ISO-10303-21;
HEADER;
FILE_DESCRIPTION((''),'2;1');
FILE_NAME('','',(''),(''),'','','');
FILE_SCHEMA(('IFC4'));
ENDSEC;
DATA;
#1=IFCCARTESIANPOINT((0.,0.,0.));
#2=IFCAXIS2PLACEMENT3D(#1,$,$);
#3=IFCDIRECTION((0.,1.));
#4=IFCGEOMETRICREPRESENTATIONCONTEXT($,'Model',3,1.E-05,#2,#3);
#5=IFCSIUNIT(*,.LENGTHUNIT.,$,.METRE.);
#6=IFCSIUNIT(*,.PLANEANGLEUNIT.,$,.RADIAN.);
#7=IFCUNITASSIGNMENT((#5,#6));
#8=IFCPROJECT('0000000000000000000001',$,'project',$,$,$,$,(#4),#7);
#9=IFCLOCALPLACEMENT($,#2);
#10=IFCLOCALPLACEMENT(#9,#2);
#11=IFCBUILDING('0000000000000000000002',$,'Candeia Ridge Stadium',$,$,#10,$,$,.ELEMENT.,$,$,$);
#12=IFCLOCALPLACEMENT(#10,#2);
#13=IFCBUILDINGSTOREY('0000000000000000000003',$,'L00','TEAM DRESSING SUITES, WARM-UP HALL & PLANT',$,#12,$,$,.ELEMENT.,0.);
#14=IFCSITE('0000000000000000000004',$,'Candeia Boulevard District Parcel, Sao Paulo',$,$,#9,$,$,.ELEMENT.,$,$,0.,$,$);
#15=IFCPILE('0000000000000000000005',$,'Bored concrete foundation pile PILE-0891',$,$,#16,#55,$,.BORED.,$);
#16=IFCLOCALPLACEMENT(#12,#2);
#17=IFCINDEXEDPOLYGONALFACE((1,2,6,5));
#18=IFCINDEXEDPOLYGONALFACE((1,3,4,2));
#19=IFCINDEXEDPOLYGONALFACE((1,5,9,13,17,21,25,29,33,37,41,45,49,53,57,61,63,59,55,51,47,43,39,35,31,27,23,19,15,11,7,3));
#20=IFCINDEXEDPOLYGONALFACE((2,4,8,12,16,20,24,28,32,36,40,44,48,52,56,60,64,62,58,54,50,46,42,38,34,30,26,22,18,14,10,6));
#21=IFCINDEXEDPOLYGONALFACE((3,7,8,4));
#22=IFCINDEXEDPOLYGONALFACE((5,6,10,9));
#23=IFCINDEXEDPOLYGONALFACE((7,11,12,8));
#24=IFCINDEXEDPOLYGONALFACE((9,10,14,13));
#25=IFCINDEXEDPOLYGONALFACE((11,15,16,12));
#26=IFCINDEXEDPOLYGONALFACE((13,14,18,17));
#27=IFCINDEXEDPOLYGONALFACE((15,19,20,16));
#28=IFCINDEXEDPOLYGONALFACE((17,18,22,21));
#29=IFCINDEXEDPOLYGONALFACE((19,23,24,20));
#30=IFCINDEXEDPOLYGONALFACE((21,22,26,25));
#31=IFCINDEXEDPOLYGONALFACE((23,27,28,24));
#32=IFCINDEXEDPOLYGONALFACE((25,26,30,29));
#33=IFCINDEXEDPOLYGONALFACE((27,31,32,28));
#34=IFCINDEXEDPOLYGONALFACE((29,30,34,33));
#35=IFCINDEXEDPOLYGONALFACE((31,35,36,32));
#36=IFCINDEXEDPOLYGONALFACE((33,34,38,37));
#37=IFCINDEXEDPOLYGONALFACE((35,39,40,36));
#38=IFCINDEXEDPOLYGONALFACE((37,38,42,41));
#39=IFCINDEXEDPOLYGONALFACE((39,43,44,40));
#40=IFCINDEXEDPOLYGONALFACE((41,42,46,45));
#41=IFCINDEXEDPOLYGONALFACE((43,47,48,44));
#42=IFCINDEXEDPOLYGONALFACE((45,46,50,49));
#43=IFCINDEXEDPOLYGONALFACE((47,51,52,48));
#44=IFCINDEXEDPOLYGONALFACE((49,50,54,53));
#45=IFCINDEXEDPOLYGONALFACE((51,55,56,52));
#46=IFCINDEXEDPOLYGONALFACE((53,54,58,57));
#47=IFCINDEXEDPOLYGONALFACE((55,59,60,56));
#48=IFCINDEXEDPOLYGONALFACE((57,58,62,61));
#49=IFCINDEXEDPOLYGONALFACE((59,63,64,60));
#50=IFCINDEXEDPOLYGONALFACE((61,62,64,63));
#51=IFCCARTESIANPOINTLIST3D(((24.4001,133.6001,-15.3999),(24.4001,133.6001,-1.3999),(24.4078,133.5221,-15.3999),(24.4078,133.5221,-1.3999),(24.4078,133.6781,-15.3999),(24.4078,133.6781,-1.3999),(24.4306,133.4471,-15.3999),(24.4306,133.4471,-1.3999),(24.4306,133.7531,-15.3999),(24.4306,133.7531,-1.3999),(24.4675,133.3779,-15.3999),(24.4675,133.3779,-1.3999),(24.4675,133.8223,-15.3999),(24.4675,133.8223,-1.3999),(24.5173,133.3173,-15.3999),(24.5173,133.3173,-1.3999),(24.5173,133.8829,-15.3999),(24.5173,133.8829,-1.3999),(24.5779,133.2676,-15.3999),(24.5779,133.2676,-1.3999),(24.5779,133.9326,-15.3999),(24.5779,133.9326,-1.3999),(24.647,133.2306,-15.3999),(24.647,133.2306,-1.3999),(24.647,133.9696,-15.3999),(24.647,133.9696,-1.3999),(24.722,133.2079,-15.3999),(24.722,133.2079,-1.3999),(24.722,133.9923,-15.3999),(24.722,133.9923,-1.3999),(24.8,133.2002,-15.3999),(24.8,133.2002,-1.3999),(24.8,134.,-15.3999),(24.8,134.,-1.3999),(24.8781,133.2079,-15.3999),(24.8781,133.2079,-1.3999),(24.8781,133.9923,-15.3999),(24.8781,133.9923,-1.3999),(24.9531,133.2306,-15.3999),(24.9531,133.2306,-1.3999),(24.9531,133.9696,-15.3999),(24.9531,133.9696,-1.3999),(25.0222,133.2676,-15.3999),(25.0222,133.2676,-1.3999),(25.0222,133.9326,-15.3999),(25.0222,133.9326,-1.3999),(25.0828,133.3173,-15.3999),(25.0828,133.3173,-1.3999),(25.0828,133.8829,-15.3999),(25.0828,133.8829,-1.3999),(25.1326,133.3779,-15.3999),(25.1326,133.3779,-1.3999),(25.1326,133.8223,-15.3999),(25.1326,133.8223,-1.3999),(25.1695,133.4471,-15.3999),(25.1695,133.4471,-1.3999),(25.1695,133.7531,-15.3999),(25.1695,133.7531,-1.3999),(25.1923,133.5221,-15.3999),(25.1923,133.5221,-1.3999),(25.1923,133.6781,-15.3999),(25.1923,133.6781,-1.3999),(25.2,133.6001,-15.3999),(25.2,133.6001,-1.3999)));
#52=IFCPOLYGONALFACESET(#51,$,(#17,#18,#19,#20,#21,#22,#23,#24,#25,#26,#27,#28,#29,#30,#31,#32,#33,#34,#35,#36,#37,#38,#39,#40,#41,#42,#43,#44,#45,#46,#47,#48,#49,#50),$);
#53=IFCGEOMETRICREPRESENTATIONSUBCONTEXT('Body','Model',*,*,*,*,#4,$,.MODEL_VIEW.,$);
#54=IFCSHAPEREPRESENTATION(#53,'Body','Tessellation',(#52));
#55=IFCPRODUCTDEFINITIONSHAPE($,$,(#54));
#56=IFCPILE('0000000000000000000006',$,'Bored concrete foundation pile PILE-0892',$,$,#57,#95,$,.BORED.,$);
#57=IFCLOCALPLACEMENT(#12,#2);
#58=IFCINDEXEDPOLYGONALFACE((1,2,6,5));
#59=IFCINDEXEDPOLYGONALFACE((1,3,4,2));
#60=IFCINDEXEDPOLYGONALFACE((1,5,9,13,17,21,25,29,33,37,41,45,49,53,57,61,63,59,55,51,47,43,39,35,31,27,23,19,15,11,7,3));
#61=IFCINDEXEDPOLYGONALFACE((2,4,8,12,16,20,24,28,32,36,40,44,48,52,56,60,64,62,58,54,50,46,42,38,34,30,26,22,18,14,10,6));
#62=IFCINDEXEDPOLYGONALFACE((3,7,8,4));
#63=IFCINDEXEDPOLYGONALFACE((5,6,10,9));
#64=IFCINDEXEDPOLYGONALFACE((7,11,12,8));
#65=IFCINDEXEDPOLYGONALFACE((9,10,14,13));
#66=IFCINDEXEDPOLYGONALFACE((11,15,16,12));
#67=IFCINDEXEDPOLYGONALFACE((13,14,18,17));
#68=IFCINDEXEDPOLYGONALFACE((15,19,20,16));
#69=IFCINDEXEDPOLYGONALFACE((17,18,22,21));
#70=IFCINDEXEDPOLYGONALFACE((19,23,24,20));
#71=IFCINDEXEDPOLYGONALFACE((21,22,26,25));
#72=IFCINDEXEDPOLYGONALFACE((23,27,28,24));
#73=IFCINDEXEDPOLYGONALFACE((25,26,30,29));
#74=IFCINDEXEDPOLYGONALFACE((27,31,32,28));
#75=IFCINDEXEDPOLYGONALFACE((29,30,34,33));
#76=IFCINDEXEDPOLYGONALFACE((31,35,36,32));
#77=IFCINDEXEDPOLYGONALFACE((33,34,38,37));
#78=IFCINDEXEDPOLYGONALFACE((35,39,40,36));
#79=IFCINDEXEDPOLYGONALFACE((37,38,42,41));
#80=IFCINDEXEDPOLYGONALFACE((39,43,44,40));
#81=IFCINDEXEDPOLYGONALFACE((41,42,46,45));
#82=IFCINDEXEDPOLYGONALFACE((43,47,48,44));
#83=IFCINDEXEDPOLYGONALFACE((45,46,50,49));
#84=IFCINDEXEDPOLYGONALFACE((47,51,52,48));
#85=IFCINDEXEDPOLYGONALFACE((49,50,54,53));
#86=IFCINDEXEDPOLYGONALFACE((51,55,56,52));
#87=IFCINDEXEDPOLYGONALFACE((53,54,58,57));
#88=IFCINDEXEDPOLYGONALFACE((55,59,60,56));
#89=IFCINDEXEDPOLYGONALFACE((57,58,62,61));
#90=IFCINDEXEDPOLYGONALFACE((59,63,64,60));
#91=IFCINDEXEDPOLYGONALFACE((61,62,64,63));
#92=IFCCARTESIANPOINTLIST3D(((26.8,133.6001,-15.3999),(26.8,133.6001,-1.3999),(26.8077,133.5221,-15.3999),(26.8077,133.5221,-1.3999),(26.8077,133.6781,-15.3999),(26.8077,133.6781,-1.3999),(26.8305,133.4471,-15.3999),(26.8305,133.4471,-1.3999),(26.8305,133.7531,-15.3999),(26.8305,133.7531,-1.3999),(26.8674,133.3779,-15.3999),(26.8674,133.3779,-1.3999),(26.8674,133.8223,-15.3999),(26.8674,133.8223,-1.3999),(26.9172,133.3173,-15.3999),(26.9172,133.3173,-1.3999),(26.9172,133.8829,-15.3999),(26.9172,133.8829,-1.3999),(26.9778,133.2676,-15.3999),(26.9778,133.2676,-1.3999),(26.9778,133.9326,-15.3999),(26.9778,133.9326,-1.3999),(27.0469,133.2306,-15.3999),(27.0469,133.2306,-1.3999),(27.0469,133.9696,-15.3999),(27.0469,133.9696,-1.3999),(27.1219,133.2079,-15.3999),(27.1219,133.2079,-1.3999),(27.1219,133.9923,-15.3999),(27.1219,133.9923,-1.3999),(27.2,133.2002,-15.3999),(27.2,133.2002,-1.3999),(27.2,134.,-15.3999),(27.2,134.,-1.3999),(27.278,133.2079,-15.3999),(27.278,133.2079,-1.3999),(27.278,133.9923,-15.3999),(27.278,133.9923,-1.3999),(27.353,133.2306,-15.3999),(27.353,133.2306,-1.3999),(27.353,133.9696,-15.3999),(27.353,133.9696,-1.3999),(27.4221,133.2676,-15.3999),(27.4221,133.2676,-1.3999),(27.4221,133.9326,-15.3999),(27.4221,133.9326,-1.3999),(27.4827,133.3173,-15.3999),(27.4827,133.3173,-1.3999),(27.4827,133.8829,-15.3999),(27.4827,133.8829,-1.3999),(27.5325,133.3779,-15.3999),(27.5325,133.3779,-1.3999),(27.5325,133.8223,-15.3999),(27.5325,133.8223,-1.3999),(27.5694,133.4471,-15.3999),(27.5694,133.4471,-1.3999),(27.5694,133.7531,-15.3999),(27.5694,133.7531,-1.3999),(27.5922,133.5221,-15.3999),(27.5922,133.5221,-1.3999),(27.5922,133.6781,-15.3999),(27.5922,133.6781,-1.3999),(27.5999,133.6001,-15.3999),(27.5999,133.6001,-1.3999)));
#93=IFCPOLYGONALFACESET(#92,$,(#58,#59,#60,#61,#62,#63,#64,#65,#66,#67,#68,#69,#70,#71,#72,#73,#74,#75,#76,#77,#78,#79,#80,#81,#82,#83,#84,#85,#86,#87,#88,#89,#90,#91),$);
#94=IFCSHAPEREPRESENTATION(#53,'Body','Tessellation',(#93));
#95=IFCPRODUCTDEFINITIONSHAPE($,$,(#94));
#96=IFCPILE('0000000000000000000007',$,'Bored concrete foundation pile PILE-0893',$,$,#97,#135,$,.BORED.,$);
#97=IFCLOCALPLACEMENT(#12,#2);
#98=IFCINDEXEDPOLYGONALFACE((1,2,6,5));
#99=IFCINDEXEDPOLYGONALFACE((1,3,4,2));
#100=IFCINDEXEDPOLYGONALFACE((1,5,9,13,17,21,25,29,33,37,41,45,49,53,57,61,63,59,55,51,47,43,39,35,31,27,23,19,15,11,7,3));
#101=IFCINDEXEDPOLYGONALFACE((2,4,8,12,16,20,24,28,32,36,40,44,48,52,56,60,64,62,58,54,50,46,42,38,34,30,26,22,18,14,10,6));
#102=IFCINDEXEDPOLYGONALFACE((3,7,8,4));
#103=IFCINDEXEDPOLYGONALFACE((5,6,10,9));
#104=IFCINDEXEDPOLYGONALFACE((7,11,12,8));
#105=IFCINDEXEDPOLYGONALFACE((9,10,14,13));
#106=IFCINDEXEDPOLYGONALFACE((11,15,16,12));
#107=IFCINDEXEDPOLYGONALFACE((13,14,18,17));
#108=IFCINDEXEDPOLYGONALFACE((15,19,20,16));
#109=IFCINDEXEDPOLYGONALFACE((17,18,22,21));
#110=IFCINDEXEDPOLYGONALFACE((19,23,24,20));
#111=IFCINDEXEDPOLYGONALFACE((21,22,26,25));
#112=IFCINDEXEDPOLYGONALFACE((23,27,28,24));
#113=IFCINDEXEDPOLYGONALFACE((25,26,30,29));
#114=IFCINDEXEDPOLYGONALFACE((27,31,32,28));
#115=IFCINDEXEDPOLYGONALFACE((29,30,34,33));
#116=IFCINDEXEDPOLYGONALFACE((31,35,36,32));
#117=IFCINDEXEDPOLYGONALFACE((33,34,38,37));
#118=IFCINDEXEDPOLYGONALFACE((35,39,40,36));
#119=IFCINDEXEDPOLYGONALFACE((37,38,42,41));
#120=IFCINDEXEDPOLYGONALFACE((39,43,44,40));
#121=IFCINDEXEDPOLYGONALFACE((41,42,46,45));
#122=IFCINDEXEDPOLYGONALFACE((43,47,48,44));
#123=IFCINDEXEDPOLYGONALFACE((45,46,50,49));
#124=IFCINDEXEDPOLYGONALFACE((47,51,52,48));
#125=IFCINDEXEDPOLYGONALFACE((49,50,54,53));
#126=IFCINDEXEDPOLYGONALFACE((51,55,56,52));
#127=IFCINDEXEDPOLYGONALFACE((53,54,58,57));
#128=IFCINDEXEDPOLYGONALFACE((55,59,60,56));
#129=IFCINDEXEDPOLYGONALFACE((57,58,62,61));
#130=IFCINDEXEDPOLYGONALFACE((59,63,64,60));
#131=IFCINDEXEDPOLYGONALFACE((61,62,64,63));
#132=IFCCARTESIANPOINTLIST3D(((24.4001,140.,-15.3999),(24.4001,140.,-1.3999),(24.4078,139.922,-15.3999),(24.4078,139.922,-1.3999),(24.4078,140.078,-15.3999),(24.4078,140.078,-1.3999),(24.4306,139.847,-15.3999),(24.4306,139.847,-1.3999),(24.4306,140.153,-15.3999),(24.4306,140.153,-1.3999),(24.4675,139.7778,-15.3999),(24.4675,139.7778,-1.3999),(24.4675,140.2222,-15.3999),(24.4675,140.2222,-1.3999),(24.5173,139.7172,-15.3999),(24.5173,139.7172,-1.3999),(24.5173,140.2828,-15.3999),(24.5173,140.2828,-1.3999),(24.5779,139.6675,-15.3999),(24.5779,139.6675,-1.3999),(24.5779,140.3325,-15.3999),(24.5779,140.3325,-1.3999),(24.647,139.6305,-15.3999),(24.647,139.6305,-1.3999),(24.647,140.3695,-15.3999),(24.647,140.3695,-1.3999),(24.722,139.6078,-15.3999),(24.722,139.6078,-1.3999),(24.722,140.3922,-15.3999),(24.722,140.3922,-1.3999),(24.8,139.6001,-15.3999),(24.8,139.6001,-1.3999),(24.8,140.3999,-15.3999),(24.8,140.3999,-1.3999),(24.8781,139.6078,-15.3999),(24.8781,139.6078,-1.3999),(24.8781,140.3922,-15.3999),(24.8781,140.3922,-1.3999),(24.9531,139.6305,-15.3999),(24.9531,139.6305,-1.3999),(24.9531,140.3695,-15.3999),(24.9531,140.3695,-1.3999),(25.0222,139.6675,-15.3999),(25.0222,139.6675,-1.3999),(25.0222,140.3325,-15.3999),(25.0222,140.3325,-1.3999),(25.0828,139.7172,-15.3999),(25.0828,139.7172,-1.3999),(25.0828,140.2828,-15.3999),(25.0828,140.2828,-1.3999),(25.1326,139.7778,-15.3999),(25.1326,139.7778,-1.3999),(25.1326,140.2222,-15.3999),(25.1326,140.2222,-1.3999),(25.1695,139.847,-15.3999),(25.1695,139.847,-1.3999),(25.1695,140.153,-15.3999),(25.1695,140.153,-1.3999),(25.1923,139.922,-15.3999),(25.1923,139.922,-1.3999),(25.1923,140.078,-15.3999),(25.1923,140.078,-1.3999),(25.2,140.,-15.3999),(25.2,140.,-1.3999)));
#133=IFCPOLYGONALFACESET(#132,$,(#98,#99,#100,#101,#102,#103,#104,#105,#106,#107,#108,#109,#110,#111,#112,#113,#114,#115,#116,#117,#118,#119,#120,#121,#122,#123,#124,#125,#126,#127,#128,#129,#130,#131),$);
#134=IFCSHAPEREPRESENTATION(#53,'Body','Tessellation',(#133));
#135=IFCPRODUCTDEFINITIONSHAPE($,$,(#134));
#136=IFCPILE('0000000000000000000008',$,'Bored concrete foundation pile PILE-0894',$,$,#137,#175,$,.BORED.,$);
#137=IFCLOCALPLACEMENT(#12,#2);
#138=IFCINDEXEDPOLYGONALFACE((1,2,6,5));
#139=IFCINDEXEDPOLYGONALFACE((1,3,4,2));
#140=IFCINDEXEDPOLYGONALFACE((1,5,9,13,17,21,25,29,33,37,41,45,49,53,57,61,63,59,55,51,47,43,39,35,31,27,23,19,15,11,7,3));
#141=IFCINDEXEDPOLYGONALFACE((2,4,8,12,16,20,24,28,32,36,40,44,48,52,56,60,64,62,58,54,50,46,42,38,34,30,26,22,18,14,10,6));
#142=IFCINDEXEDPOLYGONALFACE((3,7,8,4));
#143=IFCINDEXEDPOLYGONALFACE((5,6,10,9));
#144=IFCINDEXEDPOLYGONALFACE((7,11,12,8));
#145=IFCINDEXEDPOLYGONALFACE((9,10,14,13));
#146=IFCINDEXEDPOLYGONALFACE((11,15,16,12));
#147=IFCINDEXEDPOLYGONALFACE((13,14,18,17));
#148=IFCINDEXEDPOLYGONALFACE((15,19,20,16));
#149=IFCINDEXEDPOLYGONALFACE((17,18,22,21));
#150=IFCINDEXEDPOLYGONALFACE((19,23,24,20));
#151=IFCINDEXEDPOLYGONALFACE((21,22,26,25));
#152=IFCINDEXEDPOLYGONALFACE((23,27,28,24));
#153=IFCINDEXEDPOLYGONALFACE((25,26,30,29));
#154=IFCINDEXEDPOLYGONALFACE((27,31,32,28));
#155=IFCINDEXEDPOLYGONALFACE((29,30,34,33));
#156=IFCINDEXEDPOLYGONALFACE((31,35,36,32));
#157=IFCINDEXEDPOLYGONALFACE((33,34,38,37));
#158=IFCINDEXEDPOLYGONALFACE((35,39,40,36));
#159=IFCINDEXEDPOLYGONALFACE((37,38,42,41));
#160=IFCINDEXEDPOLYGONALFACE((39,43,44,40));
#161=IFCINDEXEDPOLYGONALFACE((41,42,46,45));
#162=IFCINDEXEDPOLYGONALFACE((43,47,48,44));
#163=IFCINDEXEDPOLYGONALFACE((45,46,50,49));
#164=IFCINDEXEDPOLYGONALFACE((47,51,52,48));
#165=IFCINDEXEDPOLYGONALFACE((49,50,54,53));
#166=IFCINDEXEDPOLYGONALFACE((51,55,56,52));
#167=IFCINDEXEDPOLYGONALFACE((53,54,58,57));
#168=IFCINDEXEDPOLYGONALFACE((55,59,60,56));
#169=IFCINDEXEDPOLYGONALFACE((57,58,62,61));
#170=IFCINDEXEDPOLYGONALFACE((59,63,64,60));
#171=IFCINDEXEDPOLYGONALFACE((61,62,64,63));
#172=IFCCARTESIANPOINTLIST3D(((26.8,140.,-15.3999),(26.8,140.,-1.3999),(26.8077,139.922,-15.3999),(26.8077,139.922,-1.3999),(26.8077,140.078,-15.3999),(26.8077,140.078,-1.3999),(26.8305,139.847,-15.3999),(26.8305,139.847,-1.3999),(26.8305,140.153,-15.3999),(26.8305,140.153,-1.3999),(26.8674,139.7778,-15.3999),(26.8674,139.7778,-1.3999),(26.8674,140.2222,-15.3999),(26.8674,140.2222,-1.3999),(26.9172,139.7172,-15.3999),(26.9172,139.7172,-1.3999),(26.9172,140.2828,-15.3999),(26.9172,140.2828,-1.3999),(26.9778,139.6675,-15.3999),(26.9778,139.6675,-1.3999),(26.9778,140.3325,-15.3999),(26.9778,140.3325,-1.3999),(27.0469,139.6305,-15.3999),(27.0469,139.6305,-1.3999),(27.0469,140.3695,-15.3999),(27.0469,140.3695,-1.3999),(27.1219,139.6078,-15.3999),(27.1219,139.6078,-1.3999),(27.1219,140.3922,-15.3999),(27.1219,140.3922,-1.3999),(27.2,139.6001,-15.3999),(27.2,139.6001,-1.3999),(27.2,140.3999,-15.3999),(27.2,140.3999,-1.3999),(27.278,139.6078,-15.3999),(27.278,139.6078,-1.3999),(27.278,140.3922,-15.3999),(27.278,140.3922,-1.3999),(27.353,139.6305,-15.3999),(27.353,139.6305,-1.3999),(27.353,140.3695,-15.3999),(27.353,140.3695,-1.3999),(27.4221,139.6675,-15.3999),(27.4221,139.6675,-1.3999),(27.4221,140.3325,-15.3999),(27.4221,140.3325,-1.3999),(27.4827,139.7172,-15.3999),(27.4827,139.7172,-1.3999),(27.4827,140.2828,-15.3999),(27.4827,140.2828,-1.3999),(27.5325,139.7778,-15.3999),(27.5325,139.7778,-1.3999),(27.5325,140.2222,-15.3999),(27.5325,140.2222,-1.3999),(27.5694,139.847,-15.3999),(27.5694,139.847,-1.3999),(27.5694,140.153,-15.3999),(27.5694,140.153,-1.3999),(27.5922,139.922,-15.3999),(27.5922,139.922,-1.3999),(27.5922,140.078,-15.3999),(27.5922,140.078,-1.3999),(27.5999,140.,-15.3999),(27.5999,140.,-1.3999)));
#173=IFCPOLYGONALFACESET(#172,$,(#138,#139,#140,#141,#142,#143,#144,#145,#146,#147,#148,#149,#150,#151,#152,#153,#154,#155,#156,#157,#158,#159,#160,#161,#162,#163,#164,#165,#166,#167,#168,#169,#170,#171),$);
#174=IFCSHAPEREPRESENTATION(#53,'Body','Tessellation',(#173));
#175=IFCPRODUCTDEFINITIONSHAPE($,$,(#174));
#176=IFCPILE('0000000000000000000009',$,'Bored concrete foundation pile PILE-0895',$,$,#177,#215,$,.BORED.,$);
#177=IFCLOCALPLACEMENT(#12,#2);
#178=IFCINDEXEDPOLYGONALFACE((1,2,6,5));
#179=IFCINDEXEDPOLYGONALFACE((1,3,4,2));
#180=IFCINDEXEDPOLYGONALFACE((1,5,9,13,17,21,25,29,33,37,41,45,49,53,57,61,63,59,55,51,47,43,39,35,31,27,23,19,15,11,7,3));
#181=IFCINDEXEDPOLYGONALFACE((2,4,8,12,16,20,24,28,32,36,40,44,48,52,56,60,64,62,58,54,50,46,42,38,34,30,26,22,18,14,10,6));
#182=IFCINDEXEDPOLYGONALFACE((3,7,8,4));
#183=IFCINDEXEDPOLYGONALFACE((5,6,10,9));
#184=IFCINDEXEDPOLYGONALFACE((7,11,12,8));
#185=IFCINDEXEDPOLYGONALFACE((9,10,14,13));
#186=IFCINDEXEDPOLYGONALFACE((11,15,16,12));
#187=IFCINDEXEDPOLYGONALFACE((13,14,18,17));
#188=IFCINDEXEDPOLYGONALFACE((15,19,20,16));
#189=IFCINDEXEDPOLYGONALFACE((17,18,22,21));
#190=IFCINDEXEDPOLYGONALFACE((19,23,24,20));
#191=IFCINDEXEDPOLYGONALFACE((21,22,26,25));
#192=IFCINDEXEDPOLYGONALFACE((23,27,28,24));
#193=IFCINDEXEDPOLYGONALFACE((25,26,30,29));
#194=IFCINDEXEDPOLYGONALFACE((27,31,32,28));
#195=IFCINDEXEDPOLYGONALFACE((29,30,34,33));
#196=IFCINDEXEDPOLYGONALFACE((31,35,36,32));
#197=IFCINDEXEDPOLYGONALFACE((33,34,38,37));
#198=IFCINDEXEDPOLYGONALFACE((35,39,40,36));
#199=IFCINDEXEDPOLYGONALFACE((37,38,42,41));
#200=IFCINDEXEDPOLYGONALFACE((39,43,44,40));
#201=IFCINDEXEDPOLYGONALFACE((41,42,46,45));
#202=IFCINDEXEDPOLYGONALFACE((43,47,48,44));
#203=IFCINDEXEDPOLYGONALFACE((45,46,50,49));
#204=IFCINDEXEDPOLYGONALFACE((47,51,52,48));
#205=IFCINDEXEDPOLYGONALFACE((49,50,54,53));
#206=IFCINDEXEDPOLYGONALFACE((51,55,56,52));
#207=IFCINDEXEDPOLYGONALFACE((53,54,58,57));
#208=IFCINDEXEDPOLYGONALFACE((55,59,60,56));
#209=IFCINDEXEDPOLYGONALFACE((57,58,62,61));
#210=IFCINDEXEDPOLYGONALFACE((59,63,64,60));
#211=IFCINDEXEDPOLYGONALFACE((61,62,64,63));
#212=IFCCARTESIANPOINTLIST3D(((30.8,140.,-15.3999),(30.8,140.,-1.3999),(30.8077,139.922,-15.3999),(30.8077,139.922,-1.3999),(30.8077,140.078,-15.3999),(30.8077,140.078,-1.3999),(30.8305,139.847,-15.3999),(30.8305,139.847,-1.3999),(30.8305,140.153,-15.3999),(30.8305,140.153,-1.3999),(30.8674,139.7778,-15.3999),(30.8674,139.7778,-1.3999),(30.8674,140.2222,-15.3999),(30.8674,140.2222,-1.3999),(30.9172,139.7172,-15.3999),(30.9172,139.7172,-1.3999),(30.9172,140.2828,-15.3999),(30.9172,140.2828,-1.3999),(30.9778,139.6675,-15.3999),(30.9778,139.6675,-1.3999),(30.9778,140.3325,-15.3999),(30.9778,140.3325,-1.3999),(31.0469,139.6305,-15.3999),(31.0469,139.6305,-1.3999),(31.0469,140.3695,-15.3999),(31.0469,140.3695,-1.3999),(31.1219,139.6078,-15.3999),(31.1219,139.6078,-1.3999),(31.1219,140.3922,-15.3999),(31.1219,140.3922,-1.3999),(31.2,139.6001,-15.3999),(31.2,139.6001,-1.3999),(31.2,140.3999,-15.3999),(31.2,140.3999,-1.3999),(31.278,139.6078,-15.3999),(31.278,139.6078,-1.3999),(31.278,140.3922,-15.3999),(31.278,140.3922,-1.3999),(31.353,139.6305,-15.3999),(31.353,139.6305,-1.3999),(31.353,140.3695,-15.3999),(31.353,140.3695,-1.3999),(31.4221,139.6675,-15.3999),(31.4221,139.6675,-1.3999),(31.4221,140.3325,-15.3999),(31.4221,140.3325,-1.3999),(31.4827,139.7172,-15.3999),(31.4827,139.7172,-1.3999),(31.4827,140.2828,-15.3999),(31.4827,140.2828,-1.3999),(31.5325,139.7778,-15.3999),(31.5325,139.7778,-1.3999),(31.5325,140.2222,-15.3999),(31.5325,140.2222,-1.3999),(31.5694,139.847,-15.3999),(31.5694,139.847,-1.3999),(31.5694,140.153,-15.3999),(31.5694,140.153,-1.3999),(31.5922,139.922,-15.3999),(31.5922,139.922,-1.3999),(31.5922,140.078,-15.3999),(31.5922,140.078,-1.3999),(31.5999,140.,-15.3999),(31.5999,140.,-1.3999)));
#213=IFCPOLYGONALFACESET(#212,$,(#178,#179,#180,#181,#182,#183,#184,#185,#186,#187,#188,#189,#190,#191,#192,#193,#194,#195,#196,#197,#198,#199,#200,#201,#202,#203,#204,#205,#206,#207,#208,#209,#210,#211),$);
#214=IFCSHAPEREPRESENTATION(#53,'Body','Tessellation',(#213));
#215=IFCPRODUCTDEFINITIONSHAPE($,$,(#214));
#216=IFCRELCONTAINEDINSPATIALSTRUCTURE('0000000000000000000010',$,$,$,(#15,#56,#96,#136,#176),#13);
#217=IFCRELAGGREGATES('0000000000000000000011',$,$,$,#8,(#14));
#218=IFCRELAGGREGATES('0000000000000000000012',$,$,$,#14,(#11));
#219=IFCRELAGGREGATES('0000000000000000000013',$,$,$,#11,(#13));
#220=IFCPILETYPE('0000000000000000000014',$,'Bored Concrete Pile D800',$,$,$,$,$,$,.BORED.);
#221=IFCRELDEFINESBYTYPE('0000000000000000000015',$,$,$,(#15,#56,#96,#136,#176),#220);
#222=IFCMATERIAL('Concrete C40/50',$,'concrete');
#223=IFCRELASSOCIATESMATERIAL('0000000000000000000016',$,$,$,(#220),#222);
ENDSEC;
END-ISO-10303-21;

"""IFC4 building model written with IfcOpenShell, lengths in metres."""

from ifc_helpers import new_model, si_unit, direction, frame, origin, origin_2d, place, context, subcontext, project, spatial, circle, extrude, material, material_profile, profile_set, type_object, element, save


model = new_model("IFC4")

# Units and contexts
model_context = context("Model", 3, precision=1e-05, world=origin(), true_north=direction((0.0, 1.0)))
body_context = subcontext(model_context, "Body", "Model", "MODEL_VIEW")
ifc_project = project(units=[si_unit("LENGTHUNIT", "METRE"), si_unit("PLANEANGLEUNIT", "RADIAN")], contexts=[model_context])

# Site, building, storey
site_placement = place(None, origin())
site = spatial("IfcSite", under=ifc_project, at=site_placement, Name="Candeia Boulevard District Parcel, Sao Paulo", CompositionType="ELEMENT", RefElevation=0.0)
building_placement = place(site_placement, origin())
building = spatial("IfcBuilding", under=site, at=building_placement, Name="Candeia Ridge Stadium", CompositionType="ELEMENT")
storey_placement = place(building_placement, origin())
storey = spatial("IfcBuildingStorey", under=building, at=storey_placement, Name="L00", Description="TEAM DRESSING SUITES, WARM-UP HALL & PLANT", CompositionType="ELEMENT", Elevation=0.0)

# Piles
ifc_material_1 = material(Name="Concrete C40/50", Category="concrete")
ifc_material_profile_1 = material_profile(ifc_material_1, circle(Radius=0.3999, at=origin_2d()), Name="PILE-D800", Category="concrete")
ifc_profile_set_1 = profile_set([ifc_material_profile_1], Name="Concrete C40/50")
pile_type_1 = type_object("IfcPileType", Name="Bored Concrete Pile D800", PredefinedType="BORED", material=ifc_profile_set_1)
for number, where, z_axis, x_axis, name in (
    (1, (24.8, 133.6001, -1.3999), (0.0, 0.0, -1.0), (1.0, 0.0, 0.0), "Bored concrete foundation pile PILE-0891"),
    (2, (27.2, 133.6001, -1.3999), (0.0, 0.0, -1.0), (1.0, 0.0, 0.0), "Bored concrete foundation pile PILE-0892"),
    (3, (24.8, 140.0, -1.3999), (0.0, 0.0, -1.0), (1.0, 0.0, 0.0), "Bored concrete foundation pile PILE-0893"),
    (4, (27.2, 140.0, -1.3999), (0.0, 0.0, -1.0), (1.0, 0.0, 0.0), "Bored concrete foundation pile PILE-0894"),
    (5, (31.2, 140.0, -1.3999), (0.0, 0.0, -1.0), (1.0, 0.0, 0.0), "Bored concrete foundation pile PILE-0895"),
):
    element("IfcPile", number, at=place(storey_placement, frame(where, z_axis=z_axis, x_axis=x_axis)), inside=storey, type_object=pile_type_1, Name=name, PredefinedType="BORED", context=body_context, shape_type="SweptSolid", body=[
        extrude(circle(Radius=0.3999, at=origin_2d()), origin(), (0.0, 0.0, 1.0), 14.0),
    ])

save(model, "model.ifc")
